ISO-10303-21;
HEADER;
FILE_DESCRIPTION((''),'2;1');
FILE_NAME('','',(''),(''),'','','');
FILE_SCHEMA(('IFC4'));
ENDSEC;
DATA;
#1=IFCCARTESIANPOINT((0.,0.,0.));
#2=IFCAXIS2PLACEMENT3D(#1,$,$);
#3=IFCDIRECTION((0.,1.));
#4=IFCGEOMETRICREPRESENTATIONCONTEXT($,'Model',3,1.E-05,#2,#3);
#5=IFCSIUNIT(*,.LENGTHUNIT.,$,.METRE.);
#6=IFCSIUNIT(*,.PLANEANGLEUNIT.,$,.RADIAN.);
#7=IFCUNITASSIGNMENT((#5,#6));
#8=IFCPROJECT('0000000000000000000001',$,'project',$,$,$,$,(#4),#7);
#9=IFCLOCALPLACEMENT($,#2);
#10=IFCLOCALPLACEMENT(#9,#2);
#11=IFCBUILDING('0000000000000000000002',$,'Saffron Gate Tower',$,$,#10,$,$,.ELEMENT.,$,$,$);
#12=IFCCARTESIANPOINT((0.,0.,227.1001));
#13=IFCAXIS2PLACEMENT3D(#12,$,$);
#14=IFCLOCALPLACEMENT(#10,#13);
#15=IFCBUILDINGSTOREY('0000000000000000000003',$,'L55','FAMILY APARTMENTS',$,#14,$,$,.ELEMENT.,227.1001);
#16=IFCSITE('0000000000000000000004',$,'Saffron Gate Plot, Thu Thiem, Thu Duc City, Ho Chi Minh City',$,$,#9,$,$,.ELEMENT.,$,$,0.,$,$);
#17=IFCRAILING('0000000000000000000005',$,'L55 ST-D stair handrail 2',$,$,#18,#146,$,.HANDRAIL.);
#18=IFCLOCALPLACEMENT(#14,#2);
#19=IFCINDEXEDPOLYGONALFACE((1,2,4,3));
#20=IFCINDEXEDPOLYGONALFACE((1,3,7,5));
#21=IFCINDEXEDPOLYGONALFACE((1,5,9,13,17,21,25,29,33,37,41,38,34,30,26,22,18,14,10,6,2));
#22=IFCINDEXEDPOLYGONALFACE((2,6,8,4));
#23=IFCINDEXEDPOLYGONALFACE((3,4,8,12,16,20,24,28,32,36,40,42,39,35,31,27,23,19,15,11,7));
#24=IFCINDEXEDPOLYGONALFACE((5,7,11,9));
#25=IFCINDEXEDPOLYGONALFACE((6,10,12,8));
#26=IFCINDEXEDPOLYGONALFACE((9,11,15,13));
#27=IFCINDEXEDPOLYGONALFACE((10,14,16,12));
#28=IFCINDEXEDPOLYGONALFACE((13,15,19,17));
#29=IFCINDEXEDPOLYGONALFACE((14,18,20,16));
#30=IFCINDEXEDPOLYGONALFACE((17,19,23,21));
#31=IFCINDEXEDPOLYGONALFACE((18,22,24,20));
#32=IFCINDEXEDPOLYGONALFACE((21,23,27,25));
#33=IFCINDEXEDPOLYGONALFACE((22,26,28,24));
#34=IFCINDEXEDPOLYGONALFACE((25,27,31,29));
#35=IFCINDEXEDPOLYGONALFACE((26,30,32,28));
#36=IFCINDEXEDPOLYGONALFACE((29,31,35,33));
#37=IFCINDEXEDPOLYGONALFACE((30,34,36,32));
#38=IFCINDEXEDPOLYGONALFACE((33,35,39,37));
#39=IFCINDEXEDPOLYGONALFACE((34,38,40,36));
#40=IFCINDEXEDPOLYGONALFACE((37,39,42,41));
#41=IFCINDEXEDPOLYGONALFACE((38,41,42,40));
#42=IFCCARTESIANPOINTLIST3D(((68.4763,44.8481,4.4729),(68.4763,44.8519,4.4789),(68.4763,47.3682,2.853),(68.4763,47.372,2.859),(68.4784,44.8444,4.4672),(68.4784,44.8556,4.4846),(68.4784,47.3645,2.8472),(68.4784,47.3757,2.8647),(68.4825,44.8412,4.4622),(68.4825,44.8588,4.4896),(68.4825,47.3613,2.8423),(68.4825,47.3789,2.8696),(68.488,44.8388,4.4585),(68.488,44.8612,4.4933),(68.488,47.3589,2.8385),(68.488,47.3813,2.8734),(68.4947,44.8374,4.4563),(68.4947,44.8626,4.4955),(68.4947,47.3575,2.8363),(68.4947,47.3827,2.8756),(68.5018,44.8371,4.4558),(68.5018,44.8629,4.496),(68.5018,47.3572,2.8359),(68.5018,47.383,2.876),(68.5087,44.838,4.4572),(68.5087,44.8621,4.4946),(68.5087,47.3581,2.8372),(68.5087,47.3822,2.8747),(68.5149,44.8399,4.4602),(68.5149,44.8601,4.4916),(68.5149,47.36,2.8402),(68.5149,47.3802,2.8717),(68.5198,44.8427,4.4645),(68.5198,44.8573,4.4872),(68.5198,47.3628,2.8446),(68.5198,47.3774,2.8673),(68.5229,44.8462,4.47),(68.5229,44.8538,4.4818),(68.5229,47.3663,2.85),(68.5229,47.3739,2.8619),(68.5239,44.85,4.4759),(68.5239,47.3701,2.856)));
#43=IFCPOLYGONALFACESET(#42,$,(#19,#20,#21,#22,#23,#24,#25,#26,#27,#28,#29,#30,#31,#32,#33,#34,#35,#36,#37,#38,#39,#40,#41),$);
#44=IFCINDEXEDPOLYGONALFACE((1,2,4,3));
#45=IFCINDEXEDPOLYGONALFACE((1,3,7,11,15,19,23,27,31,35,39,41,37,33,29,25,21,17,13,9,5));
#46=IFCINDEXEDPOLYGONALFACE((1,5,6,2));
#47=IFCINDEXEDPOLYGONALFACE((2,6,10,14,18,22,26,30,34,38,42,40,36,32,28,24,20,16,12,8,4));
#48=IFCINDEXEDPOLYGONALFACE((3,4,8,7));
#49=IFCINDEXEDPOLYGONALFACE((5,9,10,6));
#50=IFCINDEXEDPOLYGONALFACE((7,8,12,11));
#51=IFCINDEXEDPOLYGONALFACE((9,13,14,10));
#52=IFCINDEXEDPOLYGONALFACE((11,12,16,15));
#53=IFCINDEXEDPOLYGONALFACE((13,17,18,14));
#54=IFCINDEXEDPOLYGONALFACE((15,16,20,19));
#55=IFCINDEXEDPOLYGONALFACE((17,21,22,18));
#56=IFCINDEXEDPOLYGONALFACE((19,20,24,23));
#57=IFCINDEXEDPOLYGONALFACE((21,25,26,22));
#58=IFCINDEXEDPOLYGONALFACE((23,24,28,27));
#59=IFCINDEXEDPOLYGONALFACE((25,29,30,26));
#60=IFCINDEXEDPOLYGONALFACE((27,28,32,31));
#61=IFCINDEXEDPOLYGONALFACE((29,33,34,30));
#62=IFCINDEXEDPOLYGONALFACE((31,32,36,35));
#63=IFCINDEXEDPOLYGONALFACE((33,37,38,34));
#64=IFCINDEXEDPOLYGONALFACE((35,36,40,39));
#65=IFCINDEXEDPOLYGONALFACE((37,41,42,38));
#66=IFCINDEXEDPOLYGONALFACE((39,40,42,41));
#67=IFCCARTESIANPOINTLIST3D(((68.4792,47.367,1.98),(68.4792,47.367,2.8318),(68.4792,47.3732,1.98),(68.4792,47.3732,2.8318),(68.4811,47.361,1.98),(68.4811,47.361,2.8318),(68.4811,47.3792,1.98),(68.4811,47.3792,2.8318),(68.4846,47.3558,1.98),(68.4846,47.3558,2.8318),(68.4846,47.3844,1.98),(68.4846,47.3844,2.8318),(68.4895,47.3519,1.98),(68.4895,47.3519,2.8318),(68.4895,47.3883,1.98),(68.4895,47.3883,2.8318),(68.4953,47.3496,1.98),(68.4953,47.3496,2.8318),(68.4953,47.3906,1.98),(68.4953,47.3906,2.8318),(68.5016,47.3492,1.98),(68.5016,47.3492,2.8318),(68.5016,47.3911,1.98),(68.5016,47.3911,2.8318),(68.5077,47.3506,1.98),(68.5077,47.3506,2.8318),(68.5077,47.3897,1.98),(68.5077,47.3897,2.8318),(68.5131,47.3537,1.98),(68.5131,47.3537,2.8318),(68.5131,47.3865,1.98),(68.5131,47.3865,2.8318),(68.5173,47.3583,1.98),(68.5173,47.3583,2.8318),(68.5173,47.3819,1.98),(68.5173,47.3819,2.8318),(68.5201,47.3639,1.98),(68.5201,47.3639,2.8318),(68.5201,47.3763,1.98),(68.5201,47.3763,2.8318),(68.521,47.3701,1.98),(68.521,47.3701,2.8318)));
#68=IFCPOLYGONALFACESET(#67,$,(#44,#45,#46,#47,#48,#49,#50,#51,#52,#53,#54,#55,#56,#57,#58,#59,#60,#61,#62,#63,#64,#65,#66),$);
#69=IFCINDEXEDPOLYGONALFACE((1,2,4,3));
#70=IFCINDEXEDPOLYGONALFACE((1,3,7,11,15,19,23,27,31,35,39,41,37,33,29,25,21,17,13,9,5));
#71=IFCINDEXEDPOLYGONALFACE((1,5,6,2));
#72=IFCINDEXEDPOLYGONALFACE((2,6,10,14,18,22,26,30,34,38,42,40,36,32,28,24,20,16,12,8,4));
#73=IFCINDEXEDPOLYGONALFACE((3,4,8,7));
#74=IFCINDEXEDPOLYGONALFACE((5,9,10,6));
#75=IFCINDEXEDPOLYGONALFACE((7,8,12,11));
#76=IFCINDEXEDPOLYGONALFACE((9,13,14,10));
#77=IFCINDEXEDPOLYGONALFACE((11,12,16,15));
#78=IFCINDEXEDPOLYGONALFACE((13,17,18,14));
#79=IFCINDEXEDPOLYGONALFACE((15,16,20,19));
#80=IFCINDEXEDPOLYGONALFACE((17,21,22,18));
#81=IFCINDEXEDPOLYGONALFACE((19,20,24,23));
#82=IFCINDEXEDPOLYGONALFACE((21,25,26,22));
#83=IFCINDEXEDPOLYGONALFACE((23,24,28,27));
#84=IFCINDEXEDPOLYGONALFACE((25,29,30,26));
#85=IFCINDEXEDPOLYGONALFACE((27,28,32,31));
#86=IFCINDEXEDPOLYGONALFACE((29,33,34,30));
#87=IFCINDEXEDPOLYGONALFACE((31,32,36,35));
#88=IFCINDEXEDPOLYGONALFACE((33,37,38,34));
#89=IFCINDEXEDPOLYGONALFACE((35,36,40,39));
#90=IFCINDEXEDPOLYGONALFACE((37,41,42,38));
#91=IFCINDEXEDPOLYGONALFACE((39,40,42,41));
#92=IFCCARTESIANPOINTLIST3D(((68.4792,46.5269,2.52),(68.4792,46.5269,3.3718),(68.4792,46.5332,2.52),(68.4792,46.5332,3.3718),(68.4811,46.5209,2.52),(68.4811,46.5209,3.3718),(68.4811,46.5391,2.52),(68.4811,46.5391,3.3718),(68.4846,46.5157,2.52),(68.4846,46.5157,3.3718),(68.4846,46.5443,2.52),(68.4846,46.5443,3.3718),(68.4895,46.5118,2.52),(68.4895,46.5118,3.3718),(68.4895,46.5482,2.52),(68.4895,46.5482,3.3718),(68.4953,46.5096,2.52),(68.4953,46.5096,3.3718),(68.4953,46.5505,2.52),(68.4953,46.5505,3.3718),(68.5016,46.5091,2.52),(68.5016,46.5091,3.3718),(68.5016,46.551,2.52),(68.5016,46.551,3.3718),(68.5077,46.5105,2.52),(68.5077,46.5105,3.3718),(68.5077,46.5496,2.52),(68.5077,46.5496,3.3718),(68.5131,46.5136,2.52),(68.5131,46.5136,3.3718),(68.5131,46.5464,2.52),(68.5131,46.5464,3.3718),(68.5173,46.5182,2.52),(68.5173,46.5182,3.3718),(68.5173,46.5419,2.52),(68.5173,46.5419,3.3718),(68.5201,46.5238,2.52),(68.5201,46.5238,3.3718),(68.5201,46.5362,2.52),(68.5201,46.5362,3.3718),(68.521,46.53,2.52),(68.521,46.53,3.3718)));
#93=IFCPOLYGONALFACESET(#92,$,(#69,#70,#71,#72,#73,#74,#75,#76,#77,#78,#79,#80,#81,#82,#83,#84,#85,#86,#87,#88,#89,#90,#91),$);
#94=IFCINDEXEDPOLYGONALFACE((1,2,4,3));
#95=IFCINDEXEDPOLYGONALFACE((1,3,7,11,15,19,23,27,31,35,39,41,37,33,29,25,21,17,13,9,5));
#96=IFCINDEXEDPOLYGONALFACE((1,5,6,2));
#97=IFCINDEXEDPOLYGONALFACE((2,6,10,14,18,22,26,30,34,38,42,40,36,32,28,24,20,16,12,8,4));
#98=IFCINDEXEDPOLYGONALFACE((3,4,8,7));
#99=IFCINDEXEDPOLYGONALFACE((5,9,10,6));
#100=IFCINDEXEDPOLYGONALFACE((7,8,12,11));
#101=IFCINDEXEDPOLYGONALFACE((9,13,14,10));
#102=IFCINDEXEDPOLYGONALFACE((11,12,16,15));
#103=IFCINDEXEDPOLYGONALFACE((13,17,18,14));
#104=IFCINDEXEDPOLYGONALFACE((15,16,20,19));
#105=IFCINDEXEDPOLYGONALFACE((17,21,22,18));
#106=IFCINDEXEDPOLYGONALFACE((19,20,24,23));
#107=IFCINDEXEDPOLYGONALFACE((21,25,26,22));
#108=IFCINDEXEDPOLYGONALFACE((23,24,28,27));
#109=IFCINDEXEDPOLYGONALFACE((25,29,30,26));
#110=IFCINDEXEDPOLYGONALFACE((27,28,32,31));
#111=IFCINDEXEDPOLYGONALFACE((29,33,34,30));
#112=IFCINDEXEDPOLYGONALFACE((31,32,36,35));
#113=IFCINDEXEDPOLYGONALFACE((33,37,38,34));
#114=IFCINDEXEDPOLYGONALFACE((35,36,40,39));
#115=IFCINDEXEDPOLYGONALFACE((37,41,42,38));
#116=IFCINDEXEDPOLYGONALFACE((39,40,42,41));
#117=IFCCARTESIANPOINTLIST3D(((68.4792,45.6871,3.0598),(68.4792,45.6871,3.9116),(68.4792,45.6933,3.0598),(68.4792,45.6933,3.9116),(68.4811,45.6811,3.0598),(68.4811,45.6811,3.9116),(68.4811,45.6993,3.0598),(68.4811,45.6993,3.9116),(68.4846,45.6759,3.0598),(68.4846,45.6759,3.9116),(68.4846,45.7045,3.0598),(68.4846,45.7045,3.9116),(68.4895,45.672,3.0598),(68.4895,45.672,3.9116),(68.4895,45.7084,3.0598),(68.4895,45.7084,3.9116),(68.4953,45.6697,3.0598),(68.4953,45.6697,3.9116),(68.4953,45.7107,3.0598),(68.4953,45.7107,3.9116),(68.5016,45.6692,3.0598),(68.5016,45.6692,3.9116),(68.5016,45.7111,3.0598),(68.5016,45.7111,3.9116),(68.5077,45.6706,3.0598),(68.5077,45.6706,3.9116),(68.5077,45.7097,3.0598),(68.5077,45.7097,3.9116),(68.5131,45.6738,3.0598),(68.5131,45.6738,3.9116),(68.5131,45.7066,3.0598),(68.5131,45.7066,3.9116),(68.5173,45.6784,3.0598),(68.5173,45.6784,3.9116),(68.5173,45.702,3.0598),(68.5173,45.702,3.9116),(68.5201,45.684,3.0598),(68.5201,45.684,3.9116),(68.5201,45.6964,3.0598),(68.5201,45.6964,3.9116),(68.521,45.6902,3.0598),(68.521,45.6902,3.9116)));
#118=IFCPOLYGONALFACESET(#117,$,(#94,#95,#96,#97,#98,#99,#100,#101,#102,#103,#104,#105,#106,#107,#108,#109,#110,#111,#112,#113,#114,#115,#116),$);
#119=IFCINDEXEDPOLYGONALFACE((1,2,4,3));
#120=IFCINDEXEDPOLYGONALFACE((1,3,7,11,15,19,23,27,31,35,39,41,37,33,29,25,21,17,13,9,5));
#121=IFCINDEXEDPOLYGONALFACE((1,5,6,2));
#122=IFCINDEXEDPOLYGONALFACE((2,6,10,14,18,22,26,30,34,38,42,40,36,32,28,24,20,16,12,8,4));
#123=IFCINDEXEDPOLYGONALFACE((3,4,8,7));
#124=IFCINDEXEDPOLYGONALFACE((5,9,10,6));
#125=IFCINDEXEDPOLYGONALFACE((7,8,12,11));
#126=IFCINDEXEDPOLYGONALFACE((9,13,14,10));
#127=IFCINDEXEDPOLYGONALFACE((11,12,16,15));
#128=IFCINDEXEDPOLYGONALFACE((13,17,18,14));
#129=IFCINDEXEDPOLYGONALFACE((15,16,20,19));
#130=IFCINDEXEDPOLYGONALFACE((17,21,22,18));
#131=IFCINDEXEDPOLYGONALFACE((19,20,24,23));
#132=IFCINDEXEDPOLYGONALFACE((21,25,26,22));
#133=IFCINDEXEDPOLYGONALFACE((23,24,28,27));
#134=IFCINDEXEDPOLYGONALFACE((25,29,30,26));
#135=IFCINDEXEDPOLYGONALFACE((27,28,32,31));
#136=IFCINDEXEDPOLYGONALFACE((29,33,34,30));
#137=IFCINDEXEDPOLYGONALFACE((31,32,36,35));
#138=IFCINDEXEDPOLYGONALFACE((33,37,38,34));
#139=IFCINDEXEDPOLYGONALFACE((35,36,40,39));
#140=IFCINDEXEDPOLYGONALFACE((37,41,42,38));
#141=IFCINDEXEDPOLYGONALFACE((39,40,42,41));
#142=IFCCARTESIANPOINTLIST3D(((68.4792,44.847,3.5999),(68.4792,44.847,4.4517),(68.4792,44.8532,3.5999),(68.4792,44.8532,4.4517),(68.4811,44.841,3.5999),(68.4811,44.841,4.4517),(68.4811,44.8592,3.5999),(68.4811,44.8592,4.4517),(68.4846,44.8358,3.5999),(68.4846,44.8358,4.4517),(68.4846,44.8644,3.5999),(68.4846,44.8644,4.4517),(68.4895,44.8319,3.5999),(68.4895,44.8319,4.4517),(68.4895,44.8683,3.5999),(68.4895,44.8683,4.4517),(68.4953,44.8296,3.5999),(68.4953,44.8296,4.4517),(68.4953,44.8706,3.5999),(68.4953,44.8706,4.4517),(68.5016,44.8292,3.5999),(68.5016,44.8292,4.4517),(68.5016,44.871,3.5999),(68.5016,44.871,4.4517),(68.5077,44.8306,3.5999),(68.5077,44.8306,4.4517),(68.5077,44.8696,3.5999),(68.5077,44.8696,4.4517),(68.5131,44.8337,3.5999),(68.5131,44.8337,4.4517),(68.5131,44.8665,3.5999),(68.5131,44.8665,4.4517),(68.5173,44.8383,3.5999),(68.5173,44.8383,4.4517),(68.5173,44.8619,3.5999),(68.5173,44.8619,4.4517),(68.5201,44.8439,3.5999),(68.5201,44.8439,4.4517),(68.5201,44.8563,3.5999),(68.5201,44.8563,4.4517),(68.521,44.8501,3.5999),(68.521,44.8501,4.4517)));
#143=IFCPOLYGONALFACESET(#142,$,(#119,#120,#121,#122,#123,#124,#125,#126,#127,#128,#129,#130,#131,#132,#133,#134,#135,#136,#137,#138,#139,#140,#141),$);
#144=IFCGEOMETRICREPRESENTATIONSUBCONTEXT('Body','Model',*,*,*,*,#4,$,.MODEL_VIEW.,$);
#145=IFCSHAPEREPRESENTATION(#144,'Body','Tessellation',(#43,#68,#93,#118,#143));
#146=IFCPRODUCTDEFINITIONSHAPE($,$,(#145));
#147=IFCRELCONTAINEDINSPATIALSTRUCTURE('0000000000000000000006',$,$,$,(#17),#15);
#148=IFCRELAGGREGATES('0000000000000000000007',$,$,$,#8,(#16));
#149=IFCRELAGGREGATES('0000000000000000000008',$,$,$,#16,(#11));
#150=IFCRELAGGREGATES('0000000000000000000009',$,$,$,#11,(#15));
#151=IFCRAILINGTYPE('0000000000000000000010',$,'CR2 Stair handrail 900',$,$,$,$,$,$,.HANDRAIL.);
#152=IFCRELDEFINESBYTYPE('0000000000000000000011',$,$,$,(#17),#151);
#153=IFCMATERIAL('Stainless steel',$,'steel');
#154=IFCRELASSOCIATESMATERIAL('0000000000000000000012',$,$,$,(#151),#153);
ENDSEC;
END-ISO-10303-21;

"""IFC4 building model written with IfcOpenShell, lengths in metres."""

from ifc_helpers import new_model, si_unit, direction, frame, origin, origin_2d, place, context, subcontext, project, spatial, circle, extrude, material, type_object, element, save


model = new_model("IFC4")

# Units and contexts
model_context = context("Model", 3, precision=1e-05, world=origin(), true_north=direction((0.0, 1.0)))
body_context = subcontext(model_context, "Body", "Model", "MODEL_VIEW")
ifc_project = project(units=[si_unit("LENGTHUNIT", "METRE"), si_unit("PLANEANGLEUNIT", "RADIAN")], contexts=[model_context])

# Site, building, storey
site_placement = place(None, origin())
site = spatial("IfcSite", under=ifc_project, at=site_placement, Name="Saffron Gate Plot, Thu Thiem, Thu Duc City, Ho Chi Minh City", CompositionType="ELEMENT", RefElevation=0.0)
building_placement = place(site_placement, origin())
building = spatial("IfcBuilding", under=site, at=building_placement, Name="Saffron Gate Tower", CompositionType="ELEMENT")
storey_placement = place(building_placement, frame((0.0, 0.0, 227.1001)))
storey = spatial("IfcBuildingStorey", under=building, at=storey_placement, Name="L55", Description="FAMILY APARTMENTS", CompositionType="ELEMENT", Elevation=227.1001)

# Railing
ifc_material_1 = material(Name="Stainless steel", Category="steel")
railing_type_1 = type_object("IfcRailingType", Name="CR2 Stair handrail 900", PredefinedType="HANDRAIL", material=ifc_material_1)
railing_1_placement = place(storey_placement, frame((68.5, 47.3701, 1.98)))
element("IfcRailing", 1, at=railing_1_placement, inside=storey, type_object=railing_type_1, Name="L55 ST-D stair handrail 2", PredefinedType="HANDRAIL", context=body_context, shape_type="SweptSolid", body=[
    extrude(circle(Radius=0.0239, at=origin_2d()), frame((0.0, 0.0, 0.876), z_axis=(0.0, -0.8412, 0.540725), x_axis=(1.0, 0.0, 0.0)), (0.0, 0.0, 1.0), 2.9958),
    extrude(circle(Radius=0.021, at=origin_2d()), origin(), (0.0, 0.0, 1.0), 0.8518),
    extrude(circle(Radius=0.021, at=origin_2d()), frame((0.0, -0.8401, 0.54)), (0.0, 0.0, 1.0), 0.8518),
    extrude(circle(Radius=0.021, at=origin_2d()), frame((0.0, -1.6799, 1.0798)), (0.0, 0.0, 1.0), 0.8518),
    extrude(circle(Radius=0.021, at=origin_2d()), frame((0.0, -2.52, 1.6199)), (0.0, 0.0, 1.0), 0.8518),
])

save(model, "model.ifc")
